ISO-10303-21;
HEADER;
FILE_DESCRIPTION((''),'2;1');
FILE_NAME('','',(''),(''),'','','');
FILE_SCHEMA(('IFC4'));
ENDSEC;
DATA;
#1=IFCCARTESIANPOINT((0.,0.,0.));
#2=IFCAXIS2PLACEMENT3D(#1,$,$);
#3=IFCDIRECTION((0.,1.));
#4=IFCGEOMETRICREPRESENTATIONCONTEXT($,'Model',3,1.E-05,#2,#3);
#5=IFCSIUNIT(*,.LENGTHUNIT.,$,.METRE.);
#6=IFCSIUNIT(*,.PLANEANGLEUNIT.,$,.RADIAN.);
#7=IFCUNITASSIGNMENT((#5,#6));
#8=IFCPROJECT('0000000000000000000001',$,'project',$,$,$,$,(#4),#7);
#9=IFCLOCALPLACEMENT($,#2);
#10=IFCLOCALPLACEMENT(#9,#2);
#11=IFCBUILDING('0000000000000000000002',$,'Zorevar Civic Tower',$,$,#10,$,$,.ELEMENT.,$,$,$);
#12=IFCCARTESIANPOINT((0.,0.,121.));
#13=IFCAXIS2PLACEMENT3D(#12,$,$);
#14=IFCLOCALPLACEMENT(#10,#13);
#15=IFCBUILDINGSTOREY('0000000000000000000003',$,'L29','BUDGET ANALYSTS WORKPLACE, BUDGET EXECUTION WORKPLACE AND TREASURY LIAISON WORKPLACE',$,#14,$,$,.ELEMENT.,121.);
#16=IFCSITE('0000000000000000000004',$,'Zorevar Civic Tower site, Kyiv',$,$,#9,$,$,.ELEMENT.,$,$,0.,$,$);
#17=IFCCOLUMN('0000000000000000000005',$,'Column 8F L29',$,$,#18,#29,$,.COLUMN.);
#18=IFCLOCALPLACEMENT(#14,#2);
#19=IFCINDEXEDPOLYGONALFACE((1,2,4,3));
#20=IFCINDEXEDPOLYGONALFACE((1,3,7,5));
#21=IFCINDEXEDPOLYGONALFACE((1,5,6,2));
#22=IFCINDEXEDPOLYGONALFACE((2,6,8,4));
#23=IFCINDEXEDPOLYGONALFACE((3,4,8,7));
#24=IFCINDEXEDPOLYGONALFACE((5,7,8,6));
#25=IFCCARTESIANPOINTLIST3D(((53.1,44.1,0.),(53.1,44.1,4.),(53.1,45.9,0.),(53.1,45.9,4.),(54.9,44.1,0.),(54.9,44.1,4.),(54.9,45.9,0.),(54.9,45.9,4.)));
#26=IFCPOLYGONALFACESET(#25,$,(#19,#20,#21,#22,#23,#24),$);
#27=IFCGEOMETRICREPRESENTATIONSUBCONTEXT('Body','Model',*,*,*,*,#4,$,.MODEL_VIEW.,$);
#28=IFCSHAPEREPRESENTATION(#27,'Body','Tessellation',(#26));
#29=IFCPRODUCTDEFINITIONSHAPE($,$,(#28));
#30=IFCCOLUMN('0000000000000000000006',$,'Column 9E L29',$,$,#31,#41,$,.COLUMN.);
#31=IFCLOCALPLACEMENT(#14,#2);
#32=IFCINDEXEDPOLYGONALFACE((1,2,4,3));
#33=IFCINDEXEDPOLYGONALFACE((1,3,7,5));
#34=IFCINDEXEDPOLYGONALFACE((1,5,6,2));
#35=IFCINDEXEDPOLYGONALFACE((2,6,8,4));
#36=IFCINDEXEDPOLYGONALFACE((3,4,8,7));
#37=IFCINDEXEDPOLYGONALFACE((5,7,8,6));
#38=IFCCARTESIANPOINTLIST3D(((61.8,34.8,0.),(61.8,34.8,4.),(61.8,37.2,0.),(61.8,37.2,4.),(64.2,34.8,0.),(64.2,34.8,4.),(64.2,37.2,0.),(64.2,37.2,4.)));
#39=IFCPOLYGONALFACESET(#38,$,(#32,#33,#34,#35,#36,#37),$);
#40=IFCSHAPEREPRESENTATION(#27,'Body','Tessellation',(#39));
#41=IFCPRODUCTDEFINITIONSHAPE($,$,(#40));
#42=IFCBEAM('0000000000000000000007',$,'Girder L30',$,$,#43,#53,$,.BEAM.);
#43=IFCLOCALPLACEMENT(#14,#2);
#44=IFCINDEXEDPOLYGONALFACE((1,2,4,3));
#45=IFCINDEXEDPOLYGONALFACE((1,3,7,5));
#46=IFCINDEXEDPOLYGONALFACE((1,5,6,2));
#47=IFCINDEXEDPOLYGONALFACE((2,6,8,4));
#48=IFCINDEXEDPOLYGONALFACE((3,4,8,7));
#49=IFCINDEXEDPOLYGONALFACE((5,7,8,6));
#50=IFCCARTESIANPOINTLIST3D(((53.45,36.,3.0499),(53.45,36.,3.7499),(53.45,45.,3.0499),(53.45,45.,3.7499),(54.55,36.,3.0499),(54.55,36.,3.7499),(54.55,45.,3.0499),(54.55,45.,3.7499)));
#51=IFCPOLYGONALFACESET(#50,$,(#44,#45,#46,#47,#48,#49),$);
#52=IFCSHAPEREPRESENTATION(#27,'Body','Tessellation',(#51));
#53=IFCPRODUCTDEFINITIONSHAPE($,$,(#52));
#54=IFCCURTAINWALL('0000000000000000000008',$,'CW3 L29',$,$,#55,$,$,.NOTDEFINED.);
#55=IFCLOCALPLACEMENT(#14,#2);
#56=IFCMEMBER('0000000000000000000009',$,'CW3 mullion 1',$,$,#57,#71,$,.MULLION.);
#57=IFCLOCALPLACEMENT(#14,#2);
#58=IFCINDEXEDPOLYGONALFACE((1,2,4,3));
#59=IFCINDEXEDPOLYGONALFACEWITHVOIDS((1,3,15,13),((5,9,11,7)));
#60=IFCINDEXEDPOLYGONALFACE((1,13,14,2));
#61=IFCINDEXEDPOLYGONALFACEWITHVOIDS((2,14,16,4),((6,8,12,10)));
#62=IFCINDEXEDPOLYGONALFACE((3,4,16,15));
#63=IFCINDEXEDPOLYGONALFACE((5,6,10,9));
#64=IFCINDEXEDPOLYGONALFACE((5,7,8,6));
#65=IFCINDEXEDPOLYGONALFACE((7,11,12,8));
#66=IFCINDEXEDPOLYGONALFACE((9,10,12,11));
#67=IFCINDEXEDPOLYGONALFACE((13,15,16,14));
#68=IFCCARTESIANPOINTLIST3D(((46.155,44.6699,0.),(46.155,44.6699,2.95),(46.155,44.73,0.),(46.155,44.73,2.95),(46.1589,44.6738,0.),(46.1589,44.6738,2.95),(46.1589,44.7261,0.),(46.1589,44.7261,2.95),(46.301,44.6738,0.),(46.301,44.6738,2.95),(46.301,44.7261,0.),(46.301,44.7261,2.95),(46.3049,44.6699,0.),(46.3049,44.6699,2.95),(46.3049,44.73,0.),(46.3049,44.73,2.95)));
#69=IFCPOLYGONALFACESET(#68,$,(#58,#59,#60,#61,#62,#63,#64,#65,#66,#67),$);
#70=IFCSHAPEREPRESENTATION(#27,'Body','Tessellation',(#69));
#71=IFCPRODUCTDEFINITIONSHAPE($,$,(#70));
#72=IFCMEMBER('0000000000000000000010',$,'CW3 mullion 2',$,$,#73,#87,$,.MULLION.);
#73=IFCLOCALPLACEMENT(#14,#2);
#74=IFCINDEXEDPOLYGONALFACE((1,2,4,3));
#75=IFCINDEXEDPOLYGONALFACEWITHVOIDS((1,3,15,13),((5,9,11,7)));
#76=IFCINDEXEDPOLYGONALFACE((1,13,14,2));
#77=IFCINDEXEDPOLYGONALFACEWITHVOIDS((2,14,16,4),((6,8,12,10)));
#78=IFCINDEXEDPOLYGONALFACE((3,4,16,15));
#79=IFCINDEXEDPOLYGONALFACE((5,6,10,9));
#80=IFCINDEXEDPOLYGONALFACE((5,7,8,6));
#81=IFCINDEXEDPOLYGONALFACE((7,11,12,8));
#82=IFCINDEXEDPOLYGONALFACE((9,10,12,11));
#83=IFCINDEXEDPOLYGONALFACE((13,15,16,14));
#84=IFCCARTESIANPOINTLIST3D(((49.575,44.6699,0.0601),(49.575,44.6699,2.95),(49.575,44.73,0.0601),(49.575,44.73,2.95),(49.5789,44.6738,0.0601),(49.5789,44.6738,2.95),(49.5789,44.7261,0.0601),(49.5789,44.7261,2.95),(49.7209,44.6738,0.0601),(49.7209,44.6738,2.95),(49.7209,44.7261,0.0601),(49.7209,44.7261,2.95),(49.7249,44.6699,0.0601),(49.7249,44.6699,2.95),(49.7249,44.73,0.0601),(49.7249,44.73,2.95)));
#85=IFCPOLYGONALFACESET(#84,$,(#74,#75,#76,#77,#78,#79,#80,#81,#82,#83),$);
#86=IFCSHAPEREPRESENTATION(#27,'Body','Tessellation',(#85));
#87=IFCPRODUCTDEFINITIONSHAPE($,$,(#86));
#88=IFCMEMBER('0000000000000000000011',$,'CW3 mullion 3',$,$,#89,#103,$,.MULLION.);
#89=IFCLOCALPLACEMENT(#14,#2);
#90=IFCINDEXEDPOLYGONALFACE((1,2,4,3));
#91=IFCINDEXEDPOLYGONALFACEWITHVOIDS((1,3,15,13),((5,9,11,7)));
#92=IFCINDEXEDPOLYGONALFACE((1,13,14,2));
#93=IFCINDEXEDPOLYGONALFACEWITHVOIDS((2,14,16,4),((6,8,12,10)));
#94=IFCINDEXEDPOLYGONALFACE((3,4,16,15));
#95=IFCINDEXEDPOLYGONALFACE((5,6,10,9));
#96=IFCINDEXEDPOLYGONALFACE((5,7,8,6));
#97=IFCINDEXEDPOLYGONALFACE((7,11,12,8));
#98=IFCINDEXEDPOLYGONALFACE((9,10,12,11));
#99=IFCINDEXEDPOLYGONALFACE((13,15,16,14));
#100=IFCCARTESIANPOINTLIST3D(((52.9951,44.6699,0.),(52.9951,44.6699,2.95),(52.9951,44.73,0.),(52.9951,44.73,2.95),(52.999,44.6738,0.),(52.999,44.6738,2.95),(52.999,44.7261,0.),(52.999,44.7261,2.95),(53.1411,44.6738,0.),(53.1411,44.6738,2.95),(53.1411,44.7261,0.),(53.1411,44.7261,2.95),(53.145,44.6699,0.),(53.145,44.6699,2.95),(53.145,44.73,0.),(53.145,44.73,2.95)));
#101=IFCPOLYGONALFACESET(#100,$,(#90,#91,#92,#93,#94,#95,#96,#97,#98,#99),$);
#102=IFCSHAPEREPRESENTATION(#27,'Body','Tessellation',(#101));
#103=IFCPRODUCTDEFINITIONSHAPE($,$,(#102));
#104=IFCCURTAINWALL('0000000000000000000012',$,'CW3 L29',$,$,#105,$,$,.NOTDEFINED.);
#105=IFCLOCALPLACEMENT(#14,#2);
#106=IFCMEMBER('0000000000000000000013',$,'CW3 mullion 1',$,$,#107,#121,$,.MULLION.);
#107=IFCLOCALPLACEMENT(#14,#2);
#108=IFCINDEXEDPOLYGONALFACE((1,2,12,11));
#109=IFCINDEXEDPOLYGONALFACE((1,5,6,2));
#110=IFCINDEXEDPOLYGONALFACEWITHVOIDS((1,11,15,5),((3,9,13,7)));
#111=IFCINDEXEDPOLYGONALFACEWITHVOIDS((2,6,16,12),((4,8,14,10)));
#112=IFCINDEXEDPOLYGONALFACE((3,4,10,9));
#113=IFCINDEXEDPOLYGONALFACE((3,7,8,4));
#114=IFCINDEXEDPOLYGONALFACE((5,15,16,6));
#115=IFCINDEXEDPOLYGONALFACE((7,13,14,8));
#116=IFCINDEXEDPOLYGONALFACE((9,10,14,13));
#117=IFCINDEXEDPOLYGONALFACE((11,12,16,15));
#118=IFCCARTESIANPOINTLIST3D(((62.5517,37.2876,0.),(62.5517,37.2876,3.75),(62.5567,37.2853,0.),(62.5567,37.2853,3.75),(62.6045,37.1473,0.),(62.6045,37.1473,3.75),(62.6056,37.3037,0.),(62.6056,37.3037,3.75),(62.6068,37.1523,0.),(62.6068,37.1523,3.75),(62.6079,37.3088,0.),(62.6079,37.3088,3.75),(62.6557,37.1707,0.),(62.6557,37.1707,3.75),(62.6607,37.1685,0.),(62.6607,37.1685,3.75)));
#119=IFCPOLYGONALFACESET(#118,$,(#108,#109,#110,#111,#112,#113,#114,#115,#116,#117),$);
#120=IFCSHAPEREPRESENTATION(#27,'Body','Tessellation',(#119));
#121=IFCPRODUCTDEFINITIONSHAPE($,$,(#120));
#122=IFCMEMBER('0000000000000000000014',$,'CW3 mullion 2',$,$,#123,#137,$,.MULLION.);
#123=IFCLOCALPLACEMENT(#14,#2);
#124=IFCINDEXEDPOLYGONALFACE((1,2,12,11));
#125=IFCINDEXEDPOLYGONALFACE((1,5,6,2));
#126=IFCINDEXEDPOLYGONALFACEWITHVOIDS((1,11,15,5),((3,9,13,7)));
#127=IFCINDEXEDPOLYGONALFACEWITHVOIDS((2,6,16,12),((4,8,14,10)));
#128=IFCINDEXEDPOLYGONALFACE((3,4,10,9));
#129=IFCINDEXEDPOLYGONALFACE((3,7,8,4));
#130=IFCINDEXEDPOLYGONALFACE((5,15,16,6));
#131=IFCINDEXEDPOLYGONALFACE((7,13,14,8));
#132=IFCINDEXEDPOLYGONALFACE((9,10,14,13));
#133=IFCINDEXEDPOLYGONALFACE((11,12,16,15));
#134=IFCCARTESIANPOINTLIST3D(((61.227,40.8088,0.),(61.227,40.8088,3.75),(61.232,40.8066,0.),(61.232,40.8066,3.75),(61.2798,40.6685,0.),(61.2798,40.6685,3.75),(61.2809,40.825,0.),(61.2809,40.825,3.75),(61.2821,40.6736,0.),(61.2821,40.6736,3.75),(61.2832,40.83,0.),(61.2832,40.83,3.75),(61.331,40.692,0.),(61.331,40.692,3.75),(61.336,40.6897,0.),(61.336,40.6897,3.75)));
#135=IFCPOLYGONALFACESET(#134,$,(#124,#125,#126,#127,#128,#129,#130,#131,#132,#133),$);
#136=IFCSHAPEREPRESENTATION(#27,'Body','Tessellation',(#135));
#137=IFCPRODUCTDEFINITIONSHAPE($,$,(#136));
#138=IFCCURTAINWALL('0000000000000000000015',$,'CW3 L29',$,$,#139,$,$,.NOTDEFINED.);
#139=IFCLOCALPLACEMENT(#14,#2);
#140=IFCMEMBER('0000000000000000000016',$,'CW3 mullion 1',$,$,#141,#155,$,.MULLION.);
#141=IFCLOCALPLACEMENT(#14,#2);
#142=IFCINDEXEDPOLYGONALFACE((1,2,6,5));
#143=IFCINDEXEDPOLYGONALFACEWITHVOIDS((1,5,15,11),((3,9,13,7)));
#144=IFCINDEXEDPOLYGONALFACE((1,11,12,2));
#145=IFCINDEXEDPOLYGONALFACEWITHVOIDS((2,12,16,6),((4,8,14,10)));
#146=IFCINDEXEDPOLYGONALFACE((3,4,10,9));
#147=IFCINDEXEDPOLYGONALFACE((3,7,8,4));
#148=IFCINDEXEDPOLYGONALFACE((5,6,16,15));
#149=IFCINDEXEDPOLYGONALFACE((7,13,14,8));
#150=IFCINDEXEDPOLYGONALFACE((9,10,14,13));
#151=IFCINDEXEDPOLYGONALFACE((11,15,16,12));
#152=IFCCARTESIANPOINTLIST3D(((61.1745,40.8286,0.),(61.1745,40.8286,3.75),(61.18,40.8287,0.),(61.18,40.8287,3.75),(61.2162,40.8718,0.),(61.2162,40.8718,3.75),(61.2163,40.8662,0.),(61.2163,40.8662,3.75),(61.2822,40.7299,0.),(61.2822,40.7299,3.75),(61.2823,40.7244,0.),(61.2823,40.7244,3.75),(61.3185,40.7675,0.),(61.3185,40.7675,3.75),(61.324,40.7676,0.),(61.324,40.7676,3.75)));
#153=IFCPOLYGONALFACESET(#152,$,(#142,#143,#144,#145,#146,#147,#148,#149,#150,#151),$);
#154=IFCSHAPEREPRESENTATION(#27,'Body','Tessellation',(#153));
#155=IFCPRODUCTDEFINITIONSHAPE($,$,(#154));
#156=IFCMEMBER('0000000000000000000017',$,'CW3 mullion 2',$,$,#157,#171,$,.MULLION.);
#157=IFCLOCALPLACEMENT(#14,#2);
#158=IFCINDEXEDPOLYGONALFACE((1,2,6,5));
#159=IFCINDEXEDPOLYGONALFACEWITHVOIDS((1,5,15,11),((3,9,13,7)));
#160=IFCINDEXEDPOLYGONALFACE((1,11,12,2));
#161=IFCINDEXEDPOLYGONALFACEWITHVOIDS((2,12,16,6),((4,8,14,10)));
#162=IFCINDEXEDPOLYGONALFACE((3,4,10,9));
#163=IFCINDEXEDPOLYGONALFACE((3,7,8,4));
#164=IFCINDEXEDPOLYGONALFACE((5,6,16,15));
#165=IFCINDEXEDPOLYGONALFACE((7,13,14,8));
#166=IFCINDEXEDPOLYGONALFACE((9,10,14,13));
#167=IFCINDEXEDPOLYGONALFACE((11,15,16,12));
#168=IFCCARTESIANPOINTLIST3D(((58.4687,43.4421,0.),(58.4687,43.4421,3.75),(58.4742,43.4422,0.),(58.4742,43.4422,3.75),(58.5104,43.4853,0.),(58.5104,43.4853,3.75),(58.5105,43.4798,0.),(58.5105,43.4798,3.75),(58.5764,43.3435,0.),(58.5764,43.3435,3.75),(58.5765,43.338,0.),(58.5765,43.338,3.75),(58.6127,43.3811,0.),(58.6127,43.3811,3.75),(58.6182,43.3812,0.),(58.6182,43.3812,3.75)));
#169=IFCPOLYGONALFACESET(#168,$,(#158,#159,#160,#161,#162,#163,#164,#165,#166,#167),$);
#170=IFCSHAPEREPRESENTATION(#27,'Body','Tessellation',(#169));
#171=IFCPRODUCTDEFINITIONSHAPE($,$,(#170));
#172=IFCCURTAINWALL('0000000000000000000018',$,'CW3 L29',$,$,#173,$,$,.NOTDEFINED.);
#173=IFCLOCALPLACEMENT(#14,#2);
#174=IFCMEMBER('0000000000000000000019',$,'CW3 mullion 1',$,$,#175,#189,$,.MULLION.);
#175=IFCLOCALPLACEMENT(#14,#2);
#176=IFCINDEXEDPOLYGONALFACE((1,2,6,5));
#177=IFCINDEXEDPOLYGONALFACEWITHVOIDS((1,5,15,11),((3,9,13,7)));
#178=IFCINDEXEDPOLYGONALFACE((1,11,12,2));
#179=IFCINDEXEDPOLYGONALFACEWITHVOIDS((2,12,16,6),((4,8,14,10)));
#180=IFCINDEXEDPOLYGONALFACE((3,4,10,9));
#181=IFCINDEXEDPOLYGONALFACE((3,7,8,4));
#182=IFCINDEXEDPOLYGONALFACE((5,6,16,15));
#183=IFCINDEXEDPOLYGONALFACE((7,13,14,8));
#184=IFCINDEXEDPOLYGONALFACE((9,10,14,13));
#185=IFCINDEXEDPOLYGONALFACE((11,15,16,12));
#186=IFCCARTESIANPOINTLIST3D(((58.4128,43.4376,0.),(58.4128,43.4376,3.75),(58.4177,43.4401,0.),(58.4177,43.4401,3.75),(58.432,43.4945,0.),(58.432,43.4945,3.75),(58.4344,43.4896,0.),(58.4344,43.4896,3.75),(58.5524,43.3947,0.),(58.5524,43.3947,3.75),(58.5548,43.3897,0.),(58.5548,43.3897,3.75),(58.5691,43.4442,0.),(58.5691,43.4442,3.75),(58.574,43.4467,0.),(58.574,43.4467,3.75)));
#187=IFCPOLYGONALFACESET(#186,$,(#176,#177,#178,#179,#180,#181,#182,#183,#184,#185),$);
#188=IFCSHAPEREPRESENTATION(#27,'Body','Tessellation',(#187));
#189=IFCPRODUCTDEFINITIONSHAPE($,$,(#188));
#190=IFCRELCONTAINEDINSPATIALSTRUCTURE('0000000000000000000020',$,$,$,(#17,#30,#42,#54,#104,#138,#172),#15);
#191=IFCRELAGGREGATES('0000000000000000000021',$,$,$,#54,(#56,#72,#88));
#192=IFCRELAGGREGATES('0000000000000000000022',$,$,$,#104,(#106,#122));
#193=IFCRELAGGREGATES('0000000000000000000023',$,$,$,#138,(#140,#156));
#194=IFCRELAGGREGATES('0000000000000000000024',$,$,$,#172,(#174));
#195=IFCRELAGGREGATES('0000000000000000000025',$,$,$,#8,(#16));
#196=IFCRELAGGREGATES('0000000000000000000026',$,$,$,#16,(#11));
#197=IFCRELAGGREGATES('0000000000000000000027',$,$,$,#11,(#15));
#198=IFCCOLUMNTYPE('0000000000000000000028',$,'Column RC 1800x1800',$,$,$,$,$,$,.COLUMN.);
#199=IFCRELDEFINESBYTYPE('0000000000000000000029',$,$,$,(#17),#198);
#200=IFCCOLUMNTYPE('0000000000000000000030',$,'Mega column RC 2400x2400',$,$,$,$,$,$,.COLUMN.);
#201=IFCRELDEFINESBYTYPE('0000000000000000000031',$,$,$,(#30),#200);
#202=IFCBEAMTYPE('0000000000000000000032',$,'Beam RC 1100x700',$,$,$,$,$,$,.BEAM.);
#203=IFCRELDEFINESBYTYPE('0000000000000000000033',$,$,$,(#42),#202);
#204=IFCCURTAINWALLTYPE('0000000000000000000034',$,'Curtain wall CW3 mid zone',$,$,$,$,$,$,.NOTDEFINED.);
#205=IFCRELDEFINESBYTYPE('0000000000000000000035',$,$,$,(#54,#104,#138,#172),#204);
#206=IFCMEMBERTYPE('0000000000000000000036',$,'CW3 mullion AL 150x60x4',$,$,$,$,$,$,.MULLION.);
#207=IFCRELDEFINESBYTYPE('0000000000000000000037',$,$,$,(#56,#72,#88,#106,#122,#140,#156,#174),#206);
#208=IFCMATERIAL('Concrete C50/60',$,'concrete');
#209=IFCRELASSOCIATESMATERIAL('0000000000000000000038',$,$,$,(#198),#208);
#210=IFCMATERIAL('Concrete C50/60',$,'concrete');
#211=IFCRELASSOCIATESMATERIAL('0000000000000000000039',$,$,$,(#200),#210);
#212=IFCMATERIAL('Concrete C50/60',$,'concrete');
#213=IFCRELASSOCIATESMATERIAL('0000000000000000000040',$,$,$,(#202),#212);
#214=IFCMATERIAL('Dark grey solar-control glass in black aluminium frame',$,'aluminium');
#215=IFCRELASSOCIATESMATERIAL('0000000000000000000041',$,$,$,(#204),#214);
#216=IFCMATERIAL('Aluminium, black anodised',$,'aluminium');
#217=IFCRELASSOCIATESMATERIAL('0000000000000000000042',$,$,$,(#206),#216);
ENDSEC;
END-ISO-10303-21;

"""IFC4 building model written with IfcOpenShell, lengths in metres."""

from ifc_helpers import new_model, si_unit, direction, frame, origin, origin_2d, place, context, subcontext, project, spatial, rectangle, hollow_rectangle, extrude, material, material_profile, profile_set, type_object, element, aggregate, save


model = new_model("IFC4")

# Units and contexts
model_context = context("Model", 3, precision=1e-05, world=origin(), true_north=direction((0.0, 1.0)))
body_context = subcontext(model_context, "Body", "Model", "MODEL_VIEW")
ifc_project = project(units=[si_unit("LENGTHUNIT", "METRE"), si_unit("PLANEANGLEUNIT", "RADIAN")], contexts=[model_context])

# Site, building, storey
site_placement = place(None, origin())
site = spatial("IfcSite", under=ifc_project, at=site_placement, Name="Zorevar Civic Tower site, Kyiv", CompositionType="ELEMENT", RefElevation=0.0)
building_placement = place(site_placement, origin())
building = spatial("IfcBuilding", under=site, at=building_placement, Name="Zorevar Civic Tower", CompositionType="ELEMENT")
storey_placement = place(building_placement, frame((0.0, 0.0, 121.0)))
storey = spatial("IfcBuildingStorey", under=building, at=storey_placement, Name="L29", Description="BUDGET ANALYSTS WORKPLACE, BUDGET EXECUTION WORKPLACE AND TREASURY LIAISON WORKPLACE", CompositionType="ELEMENT", Elevation=121.0)

# Columns
ifc_material_1 = material(Name="Concrete C50/60", Category="concrete")
ifc_material_profile_1 = material_profile(ifc_material_1, rectangle(XDim=1.8, YDim=1.8, at=origin_2d()), Name="RC 1800x1800")
ifc_profile_set_1 = profile_set([ifc_material_profile_1], Name="Concrete C50/60")
column_type_1 = type_object("IfcColumnType", Name="Column RC 1800x1800", PredefinedType="COLUMN", material=ifc_profile_set_1)
column_1_placement = place(storey_placement, frame((54.0, 45.0, 0.0), z_axis=(0.0, 0.0, 1.0), x_axis=(1.0, 0.0, 0.0)))
element("IfcColumn", 1, at=column_1_placement, inside=storey, type_object=column_type_1, Name="Column 8F L29", PredefinedType="COLUMN", context=body_context, shape_type="SweptSolid", body=[
    extrude(rectangle(XDim=1.8, YDim=1.8, at=origin_2d()), origin(), (0.0, 0.0, 1.0), 4.0),
])
ifc_material_2 = material(Name="Concrete C50/60", Category="concrete")
ifc_material_profile_2 = material_profile(ifc_material_2, rectangle(XDim=2.3999, YDim=2.3999, at=origin_2d()), Name="RC 2400x2400")
ifc_profile_set_2 = profile_set([ifc_material_profile_2], Name="Concrete C50/60")
column_type_2 = type_object("IfcColumnType", Name="Mega column RC 2400x2400", PredefinedType="COLUMN", material=ifc_profile_set_2)
column_2_placement = place(storey_placement, frame((63.0, 36.0, 0.0), z_axis=(0.0, 0.0, 1.0), x_axis=(1.0, 0.0, 0.0)))
element("IfcColumn", 2, at=column_2_placement, inside=storey, type_object=column_type_2, Name="Column 9E L29", PredefinedType="COLUMN", context=body_context, shape_type="SweptSolid", body=[
    extrude(rectangle(XDim=2.3999, YDim=2.3999, at=origin_2d()), origin(), (0.0, 0.0, 1.0), 4.0),
])

# Beam
ifc_material_3 = material(Name="Concrete C50/60", Category="concrete")
ifc_material_profile_3 = material_profile(ifc_material_3, rectangle(XDim=1.1001, YDim=0.7, at=origin_2d()), Name="RC 1100x700")
ifc_profile_set_3 = profile_set([ifc_material_profile_3], Name="Concrete C50/60")
beam_type_1 = type_object("IfcBeamType", Name="Beam RC 1100x700", PredefinedType="BEAM", material=ifc_profile_set_3)
beam_1_placement = place(storey_placement, frame((54.0, 36.0, 3.3999), z_axis=(0.0, 1.0, 0.0), x_axis=(-1.0, 0.0, 0.0)))
element("IfcBeam", 3, at=beam_1_placement, inside=storey, type_object=beam_type_1, Name="Girder L30", PredefinedType="BEAM", context=body_context, shape_type="SweptSolid", body=[
    extrude(rectangle(XDim=1.1001, YDim=0.7, at=origin_2d()), origin(), (0.0, 0.0, 1.0), 9.0),
])

# Curtain walls, members
ifc_material_4 = material(Name="Dark grey solar-control glass in black aluminium frame", Category="aluminium")
curtain_wall_type = type_object("IfcCurtainWallType", Name="Curtain wall CW3 mid zone", PredefinedType="NOTDEFINED", material=ifc_material_4)
curtain_wall_1_placement = place(storey_placement, origin())
curtain_wall_1 = element("IfcCurtainWall", 4, at=curtain_wall_1_placement, inside=storey, type_object=curtain_wall_type, Name="CW3 L29", PredefinedType="NOTDEFINED")
ifc_material_5 = material(Name="Aluminium, black anodised", Category="aluminium")
ifc_material_profile_4 = material_profile(ifc_material_5, hollow_rectangle(XDim=0.0601, YDim=0.1499, WallThickness=0.0039, at=origin_2d()), Name="AL 150x60x4")
ifc_profile_set_4 = profile_set([ifc_material_profile_4], Name="Aluminium, black anodised")
member_type_1 = type_object("IfcMemberType", Name="CW3 mullion AL 150x60x4", PredefinedType="MULLION", material=ifc_profile_set_4)
member_1_placement = place(storey_placement, frame((46.23, 44.7, 0.0), z_axis=(0.0, 0.0, 1.0), x_axis=(0.0, 1.0, 0.0)))
member_1 = element("IfcMember", 5, at=member_1_placement, type_object=member_type_1, Name="CW3 mullion 1", PredefinedType="MULLION", context=body_context, shape_type="SweptSolid", body=[
    extrude(hollow_rectangle(XDim=0.0601, YDim=0.1499, WallThickness=0.0039, at=origin_2d()), origin(), (0.0, 0.0, 1.0), 2.95),
])
member_2_placement = place(storey_placement, frame((49.6499, 44.7, 0.0601), z_axis=(0.0, 0.0, 1.0), x_axis=(0.0, 1.0, 0.0)))
member_2 = element("IfcMember", 6, at=member_2_placement, type_object=member_type_1, Name="CW3 mullion 2", PredefinedType="MULLION", context=body_context, shape_type="SweptSolid", body=[
    extrude(hollow_rectangle(XDim=0.0601, YDim=0.1499, WallThickness=0.0039, at=origin_2d()), origin(), (0.0, 0.0, 1.0), 2.8899),
])
member_3_placement = place(storey_placement, frame((53.0701, 44.7, 0.0), z_axis=(0.0, 0.0, 1.0), x_axis=(0.0, 1.0, 0.0)))
member_3 = element("IfcMember", 7, at=member_3_placement, type_object=member_type_1, Name="CW3 mullion 3", PredefinedType="MULLION", context=body_context, shape_type="SweptSolid", body=[
    extrude(hollow_rectangle(XDim=0.0601, YDim=0.1499, WallThickness=0.0039, at=origin_2d()), origin(), (0.0, 0.0, 1.0), 2.95),
])
curtain_wall_2_placement = place(storey_placement, origin())
curtain_wall_2 = element("IfcCurtainWall", 8, at=curtain_wall_2_placement, inside=storey, type_object=curtain_wall_type, Name="CW3 L29", PredefinedType="NOTDEFINED")
member_4_placement = place(storey_placement, frame((62.6062, 37.228, 0.0), z_axis=(0.0, 0.0, 1.0), x_axis=(-0.935951, -0.352132, 0.0)))
member_4 = element("IfcMember", 9, at=member_4_placement, type_object=member_type_1, Name="CW3 mullion 1", PredefinedType="MULLION", context=body_context, shape_type="SweptSolid", body=[
    extrude(hollow_rectangle(XDim=0.0601, YDim=0.1499, WallThickness=0.0039, at=origin_2d()), origin(), (0.0, 0.0, 1.0), 3.75),
])
member_5_placement = place(storey_placement, frame((61.2815, 40.7493, 0.0), z_axis=(0.0, 0.0, 1.0), x_axis=(-0.935951, -0.352132, 0.0)))
member_5 = element("IfcMember", 10, at=member_5_placement, type_object=member_type_1, Name="CW3 mullion 2", PredefinedType="MULLION", context=body_context, shape_type="SweptSolid", body=[
    extrude(hollow_rectangle(XDim=0.0601, YDim=0.1499, WallThickness=0.0039, at=origin_2d()), origin(), (0.0, 0.0, 1.0), 3.75),
])
curtain_wall_3_placement = place(storey_placement, origin())
curtain_wall_3 = element("IfcCurtainWall", 11, at=curtain_wall_3_placement, inside=storey, type_object=curtain_wall_type, Name="CW3 L29", PredefinedType="NOTDEFINED")
member_6_placement = place(storey_placement, frame((61.2493, 40.7981, 0.0), z_axis=(0.0, 0.0, 1.0), x_axis=(-0.694719, -0.719281, 0.0)))
member_6 = element("IfcMember", 12, at=member_6_placement, type_object=member_type_1, Name="CW3 mullion 1", PredefinedType="MULLION", context=body_context, shape_type="SweptSolid", body=[
    extrude(hollow_rectangle(XDim=0.0601, YDim=0.1499, WallThickness=0.0039, at=origin_2d()), origin(), (0.0, 0.0, 1.0), 3.75),
])
member_7_placement = place(storey_placement, frame((58.5435, 43.4116, 0.0), z_axis=(0.0, 0.0, 1.0), x_axis=(-0.694719, -0.719281, 0.0)))
member_7 = element("IfcMember", 13, at=member_7_placement, type_object=member_type_1, Name="CW3 mullion 2", PredefinedType="MULLION", context=body_context, shape_type="SweptSolid", body=[
    extrude(hollow_rectangle(XDim=0.0601, YDim=0.1499, WallThickness=0.0039, at=origin_2d()), origin(), (0.0, 0.0, 1.0), 3.75),
])
curtain_wall_4_placement = place(storey_placement, origin())
curtain_wall_4 = element("IfcCurtainWall", 14, at=curtain_wall_4_placement, inside=storey, type_object=curtain_wall_type, Name="CW3 L29", PredefinedType="NOTDEFINED")
member_8_placement = place(storey_placement, frame((58.4934, 43.4421, 0.0), z_axis=(0.0, 0.0, 1.0), x_axis=(-0.319413, -0.947616, 0.0)))
member_8 = element("IfcMember", 15, at=member_8_placement, type_object=member_type_1, Name="CW3 mullion 1", PredefinedType="MULLION", context=body_context, shape_type="SweptSolid", body=[
    extrude(hollow_rectangle(XDim=0.0601, YDim=0.1499, WallThickness=0.0039, at=origin_2d()), origin(), (0.0, 0.0, 1.0), 3.75),
])

aggregate(curtain_wall_1, [member_1, member_2, member_3])
aggregate(curtain_wall_2, [member_4, member_5])
aggregate(curtain_wall_3, [member_6, member_7])
aggregate(curtain_wall_4, [member_8])

save(model, "model.ifc")
